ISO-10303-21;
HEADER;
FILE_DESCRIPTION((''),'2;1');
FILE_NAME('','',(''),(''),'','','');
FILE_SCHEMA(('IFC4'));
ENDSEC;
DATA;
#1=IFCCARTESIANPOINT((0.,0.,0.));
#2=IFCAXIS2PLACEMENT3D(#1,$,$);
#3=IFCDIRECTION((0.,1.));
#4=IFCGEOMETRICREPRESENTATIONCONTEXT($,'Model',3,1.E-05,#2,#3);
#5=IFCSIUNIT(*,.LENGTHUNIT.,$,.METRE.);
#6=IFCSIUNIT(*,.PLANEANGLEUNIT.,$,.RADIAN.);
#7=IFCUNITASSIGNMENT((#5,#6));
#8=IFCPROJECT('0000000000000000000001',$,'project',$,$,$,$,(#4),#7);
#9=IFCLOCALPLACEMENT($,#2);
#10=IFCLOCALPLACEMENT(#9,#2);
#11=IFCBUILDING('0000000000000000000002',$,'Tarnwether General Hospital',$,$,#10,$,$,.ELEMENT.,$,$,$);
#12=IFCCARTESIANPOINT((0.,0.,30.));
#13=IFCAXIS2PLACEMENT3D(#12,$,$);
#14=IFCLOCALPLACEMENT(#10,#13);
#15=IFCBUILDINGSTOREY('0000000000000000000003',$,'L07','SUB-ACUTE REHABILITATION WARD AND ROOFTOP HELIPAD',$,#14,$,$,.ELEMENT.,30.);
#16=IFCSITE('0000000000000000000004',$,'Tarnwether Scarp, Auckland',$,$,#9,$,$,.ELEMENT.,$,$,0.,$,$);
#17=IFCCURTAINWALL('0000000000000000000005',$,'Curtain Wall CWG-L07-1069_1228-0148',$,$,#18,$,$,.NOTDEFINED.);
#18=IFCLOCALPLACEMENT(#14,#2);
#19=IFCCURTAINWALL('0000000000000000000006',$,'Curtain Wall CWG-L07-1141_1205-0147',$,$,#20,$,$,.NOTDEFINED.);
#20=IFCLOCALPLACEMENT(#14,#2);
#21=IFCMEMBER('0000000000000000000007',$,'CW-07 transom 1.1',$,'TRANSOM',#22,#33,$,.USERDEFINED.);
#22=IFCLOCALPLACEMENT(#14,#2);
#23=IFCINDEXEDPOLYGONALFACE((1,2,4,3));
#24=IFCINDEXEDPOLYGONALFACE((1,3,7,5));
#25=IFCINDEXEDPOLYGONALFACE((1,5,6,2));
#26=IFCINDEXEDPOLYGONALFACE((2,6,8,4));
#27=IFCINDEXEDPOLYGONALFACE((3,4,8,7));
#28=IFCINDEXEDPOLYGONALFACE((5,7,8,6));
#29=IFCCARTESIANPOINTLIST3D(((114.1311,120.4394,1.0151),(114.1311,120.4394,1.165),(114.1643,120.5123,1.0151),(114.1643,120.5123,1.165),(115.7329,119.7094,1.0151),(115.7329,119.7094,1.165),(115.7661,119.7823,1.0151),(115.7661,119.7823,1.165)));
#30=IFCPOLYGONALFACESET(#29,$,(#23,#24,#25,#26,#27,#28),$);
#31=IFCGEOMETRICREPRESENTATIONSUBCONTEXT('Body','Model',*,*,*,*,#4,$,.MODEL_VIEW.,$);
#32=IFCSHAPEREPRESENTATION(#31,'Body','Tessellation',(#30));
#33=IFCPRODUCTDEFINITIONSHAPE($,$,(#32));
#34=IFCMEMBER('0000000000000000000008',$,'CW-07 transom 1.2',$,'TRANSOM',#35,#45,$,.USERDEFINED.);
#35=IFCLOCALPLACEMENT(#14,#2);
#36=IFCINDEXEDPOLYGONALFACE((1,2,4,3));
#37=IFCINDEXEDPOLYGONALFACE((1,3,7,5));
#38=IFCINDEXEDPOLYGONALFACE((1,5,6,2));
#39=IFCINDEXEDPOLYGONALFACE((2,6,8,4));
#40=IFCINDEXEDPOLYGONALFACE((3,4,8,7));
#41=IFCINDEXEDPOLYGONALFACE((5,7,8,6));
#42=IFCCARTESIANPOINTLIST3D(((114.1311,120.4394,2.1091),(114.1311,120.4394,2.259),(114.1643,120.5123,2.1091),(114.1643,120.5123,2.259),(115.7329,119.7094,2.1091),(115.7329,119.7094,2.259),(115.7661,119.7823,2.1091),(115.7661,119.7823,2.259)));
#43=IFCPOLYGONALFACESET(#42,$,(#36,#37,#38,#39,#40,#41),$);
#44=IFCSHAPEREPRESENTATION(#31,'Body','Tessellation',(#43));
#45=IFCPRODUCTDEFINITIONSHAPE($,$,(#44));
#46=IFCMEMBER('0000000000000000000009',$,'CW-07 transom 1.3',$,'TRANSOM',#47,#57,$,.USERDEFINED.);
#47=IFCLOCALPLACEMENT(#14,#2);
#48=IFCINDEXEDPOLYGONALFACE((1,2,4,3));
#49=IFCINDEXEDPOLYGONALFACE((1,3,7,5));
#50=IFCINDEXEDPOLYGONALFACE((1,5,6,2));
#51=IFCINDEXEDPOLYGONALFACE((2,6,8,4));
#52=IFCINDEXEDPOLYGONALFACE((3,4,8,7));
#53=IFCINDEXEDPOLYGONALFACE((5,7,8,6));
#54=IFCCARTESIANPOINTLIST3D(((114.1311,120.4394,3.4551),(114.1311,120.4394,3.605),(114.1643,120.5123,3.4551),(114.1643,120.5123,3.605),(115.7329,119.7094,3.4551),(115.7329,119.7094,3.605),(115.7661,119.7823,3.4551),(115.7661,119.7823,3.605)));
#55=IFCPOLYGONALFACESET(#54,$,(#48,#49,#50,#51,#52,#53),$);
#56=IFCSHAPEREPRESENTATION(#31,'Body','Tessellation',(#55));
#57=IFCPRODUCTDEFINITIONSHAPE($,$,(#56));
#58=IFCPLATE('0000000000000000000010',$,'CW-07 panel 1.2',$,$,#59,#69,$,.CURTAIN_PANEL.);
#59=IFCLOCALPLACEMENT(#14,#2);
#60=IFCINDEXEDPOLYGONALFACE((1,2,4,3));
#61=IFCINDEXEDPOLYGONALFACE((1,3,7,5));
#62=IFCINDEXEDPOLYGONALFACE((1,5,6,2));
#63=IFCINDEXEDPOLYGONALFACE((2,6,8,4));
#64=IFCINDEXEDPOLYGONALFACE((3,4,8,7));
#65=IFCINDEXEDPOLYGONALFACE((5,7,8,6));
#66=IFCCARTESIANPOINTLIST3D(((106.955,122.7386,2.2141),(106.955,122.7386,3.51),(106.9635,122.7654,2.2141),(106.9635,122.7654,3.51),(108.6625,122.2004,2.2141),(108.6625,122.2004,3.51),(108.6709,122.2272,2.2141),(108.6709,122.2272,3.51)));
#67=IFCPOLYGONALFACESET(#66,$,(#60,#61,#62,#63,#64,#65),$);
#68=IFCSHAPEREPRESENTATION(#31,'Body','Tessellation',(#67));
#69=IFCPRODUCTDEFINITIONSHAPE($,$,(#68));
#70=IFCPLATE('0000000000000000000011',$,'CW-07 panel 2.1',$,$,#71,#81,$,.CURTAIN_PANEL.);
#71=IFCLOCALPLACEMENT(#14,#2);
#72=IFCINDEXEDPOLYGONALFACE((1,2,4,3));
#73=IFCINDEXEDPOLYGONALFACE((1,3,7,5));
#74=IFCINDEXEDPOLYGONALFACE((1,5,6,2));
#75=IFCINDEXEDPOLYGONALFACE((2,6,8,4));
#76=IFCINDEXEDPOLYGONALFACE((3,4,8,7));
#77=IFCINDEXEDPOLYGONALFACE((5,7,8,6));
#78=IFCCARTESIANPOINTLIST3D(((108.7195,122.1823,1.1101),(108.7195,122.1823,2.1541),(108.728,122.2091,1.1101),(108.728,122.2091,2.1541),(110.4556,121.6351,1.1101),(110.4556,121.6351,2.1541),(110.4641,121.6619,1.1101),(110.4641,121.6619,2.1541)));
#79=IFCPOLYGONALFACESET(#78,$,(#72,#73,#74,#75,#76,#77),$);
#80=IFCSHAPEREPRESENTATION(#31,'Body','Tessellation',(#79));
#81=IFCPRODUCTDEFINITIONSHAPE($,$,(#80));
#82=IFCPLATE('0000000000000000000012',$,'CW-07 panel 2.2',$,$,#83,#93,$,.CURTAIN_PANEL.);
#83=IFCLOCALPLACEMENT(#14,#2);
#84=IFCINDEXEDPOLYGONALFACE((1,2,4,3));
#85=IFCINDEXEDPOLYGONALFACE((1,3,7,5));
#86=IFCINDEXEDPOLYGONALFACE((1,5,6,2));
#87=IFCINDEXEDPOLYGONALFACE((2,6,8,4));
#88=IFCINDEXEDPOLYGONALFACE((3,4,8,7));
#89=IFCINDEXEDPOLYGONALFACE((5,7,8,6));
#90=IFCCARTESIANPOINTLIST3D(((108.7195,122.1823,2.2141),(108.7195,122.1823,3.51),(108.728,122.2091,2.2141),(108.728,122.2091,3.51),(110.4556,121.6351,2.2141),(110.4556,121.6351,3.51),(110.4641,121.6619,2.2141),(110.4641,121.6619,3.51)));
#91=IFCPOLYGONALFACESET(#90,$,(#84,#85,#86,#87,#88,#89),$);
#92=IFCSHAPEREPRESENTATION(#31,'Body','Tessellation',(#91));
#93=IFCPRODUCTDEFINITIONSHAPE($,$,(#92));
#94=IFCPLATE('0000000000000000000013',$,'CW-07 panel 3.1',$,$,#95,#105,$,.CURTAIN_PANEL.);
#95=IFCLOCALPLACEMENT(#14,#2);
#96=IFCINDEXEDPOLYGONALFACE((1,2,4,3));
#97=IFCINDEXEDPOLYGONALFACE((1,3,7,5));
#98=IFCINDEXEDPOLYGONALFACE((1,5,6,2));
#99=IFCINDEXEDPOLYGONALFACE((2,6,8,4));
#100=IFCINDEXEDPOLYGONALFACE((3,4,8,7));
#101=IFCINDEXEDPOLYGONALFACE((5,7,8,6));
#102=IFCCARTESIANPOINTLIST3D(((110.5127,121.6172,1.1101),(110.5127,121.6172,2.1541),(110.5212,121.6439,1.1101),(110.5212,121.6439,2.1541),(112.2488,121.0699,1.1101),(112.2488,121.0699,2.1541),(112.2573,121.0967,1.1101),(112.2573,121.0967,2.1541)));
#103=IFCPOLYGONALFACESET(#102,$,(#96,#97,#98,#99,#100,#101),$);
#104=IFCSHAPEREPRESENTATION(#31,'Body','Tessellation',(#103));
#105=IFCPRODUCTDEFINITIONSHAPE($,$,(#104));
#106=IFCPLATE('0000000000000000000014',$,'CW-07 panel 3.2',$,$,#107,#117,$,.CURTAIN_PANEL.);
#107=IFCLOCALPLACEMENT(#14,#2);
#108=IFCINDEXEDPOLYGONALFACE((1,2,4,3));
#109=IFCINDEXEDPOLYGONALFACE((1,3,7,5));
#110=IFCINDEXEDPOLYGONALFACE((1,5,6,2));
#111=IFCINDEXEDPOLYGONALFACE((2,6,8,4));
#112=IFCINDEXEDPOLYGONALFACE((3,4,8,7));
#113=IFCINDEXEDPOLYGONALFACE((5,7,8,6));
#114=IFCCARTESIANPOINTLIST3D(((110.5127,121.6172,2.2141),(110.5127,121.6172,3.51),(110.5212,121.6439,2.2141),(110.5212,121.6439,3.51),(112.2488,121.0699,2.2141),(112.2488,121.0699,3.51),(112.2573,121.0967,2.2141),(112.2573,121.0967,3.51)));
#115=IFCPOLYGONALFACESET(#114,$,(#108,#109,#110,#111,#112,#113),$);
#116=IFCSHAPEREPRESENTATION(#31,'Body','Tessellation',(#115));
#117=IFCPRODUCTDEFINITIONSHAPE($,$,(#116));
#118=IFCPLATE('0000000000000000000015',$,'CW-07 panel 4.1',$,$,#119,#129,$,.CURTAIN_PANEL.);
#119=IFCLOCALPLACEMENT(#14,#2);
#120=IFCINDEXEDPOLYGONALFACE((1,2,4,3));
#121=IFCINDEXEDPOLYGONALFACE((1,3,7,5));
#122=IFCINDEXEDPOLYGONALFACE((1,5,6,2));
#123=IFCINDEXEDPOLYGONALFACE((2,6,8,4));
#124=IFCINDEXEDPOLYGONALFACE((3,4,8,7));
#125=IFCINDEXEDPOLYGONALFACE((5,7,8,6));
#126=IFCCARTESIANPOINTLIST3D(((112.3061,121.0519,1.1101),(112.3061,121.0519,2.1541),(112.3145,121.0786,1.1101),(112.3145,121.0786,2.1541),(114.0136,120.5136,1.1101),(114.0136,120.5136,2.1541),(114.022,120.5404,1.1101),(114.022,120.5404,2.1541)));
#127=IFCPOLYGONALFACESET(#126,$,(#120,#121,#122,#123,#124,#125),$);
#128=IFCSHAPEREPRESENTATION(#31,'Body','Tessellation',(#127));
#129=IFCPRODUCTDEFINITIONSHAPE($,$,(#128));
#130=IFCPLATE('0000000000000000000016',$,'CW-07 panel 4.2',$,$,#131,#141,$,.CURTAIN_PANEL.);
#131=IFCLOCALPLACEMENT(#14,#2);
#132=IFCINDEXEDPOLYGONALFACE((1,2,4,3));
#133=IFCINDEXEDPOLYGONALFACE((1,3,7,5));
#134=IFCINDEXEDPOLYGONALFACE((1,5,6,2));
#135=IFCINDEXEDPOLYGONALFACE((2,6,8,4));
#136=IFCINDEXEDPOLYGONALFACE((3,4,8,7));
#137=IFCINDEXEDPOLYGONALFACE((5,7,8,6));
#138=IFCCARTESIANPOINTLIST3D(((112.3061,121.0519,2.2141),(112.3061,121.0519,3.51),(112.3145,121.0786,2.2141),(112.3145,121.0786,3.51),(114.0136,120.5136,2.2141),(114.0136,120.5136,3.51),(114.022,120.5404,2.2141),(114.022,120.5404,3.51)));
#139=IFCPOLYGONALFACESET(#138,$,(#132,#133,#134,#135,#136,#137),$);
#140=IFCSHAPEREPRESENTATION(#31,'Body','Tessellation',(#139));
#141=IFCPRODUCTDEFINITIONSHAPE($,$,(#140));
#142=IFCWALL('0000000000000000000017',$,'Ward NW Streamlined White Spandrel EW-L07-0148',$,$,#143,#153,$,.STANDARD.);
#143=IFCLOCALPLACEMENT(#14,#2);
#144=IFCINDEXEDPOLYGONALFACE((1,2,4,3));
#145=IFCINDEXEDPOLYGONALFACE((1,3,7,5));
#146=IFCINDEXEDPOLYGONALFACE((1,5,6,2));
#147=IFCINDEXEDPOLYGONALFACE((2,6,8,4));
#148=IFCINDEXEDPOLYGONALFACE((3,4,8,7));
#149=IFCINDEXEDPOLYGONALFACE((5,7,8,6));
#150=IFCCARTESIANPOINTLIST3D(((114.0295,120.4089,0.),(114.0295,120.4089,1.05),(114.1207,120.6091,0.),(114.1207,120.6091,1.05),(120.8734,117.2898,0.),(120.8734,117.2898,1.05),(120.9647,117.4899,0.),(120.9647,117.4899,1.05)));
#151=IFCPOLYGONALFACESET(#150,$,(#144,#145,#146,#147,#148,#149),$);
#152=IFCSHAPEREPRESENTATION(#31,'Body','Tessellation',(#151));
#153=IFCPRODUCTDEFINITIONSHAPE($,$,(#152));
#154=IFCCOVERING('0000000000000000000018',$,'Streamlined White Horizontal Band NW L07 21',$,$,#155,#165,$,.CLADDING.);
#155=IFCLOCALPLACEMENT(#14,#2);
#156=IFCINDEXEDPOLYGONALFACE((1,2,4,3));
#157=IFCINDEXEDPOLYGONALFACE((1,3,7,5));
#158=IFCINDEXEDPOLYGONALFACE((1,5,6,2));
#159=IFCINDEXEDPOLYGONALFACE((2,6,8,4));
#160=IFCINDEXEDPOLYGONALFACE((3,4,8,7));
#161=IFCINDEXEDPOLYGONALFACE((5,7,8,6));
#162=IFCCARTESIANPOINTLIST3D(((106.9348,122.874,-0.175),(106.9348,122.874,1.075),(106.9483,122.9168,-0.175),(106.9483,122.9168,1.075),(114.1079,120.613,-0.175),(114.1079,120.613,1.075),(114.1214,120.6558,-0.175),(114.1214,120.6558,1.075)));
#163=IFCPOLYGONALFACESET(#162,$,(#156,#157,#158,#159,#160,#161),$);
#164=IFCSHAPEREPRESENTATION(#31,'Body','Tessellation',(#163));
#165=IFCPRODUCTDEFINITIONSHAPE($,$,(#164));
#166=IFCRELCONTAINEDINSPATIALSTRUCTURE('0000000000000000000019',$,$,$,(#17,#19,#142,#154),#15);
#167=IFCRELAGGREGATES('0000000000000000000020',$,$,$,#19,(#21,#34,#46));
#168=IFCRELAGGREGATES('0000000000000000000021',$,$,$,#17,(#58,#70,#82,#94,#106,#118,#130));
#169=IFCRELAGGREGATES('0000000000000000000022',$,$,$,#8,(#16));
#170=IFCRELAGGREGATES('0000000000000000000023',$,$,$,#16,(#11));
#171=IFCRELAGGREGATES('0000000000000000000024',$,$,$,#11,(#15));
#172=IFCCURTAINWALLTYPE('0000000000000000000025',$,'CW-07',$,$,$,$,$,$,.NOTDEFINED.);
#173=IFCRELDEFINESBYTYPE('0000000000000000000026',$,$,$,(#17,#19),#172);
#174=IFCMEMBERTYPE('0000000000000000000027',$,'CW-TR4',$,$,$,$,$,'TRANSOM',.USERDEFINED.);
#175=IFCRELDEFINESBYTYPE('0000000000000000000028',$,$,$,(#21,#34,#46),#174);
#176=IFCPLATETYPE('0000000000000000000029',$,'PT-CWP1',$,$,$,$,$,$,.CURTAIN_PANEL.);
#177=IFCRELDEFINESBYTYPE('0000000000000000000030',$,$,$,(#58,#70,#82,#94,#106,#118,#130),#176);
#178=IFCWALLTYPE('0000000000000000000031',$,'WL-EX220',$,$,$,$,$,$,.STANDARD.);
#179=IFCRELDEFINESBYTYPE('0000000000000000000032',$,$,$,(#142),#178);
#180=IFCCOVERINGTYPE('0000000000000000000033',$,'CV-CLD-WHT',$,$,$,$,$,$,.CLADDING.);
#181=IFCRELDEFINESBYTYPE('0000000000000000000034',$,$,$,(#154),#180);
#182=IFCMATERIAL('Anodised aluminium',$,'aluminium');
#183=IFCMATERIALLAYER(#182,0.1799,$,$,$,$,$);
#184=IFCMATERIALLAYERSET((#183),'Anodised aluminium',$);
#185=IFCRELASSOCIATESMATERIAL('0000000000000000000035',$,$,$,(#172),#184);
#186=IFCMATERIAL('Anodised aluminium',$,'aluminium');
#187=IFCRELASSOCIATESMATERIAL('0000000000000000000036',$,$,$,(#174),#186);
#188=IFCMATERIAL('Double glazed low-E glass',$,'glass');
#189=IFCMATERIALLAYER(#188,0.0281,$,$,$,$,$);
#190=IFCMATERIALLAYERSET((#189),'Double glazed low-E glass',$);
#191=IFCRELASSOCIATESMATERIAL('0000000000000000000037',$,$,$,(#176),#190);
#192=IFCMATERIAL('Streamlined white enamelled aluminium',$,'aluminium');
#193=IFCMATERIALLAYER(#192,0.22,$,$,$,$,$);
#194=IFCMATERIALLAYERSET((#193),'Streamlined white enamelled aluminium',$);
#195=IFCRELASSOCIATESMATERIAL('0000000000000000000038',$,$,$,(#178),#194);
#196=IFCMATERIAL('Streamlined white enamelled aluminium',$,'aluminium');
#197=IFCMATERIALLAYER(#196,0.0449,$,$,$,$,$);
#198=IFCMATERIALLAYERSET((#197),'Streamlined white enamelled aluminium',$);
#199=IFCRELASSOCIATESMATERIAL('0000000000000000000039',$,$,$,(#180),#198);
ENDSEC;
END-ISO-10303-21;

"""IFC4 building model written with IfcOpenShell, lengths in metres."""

from ifc_helpers import new_model, si_unit, direction, frame, frame_2d, origin, origin_2d, place, context, subcontext, project, spatial, rectangle, extrude, material, layer, layer_set, material_profile, profile_set, type_object, element, aggregate, save


model = new_model("IFC4")

# Units and contexts
model_context = context("Model", 3, precision=1e-05, world=origin(), true_north=direction((0.0, 1.0)))
body_context = subcontext(model_context, "Body", "Model", "MODEL_VIEW")
ifc_project = project(units=[si_unit("LENGTHUNIT", "METRE"), si_unit("PLANEANGLEUNIT", "RADIAN")], contexts=[model_context])

# Site, building, storey
site_placement = place(None, origin())
site = spatial("IfcSite", under=ifc_project, at=site_placement, Name="Tarnwether Scarp, Auckland", CompositionType="ELEMENT", RefElevation=0.0)
building_placement = place(site_placement, origin())
building = spatial("IfcBuilding", under=site, at=building_placement, Name="Tarnwether General Hospital", CompositionType="ELEMENT")
storey_placement = place(building_placement, frame((0.0, 0.0, 30.0)))
storey = spatial("IfcBuildingStorey", under=building, at=storey_placement, Name="L07", Description="SUB-ACUTE REHABILITATION WARD AND ROOFTOP HELIPAD", CompositionType="ELEMENT", Elevation=30.0)

# Curtain wall
ifc_material_1 = material(Name="Anodised aluminium", Category="aluminium")
ifc_layer_1 = layer(ifc_material_1, 0.1799)
ifc_layer_set_1 = layer_set([ifc_layer_1], Name="Anodised aluminium")
curtain_wall_type = type_object("IfcCurtainWallType", Name="CW-07", PredefinedType="NOTDEFINED", material=ifc_layer_set_1)
curtain_wall_1_placement = place(storey_placement, origin())
curtain_wall_1 = element("IfcCurtainWall", 1, at=curtain_wall_1_placement, inside=storey, type_object=curtain_wall_type, Name="Curtain Wall CWG-L07-1069_1228-0148", PredefinedType="NOTDEFINED")

# Curtain wall
curtain_wall_2_placement = place(storey_placement, origin())
curtain_wall_2 = element("IfcCurtainWall", 2, at=curtain_wall_2_placement, inside=storey, type_object=curtain_wall_type, Name="Curtain Wall CWG-L07-1141_1205-0147", PredefinedType="NOTDEFINED")

# Members
ifc_material_2 = material(Name="Anodised aluminium", Category="aluminium")
ifc_material_profile_1 = material_profile(ifc_material_2, rectangle(XDim=0.0801, YDim=0.1499, at=origin_2d()), Name="ALU-TRN-80x150")
ifc_profile_set_1 = profile_set([ifc_material_profile_1], Name="Anodised aluminium")
member_type_1 = type_object("IfcMemberType", Name="CW-TR4", ElementType="TRANSOM", PredefinedType="USERDEFINED", material=ifc_profile_set_1)
member_1_placement = place(storey_placement, frame((114.1477, 120.4758, 1.0901), z_axis=(0.909962, -0.414691, 0.0), x_axis=(0.414691, 0.909962, 0.0)))
member_1 = element("IfcMember", 3, at=member_1_placement, type_object=member_type_1, Name="CW-07 transom 1.1", ObjectType="TRANSOM", PredefinedType="USERDEFINED", context=body_context, shape_type="SweptSolid", body=[
    extrude(rectangle(XDim=0.0801, YDim=0.1499, at=origin_2d()), origin(), (0.0, 0.0, 1.0), 1.7603),
])
member_2_placement = place(storey_placement, frame((114.1477, 120.4758, 2.1841), z_axis=(0.909962, -0.414691, 0.0), x_axis=(0.414691, 0.909962, 0.0)))
member_2 = element("IfcMember", 4, at=member_2_placement, type_object=member_type_1, Name="CW-07 transom 1.2", ObjectType="TRANSOM", PredefinedType="USERDEFINED", context=body_context, shape_type="SweptSolid", body=[
    extrude(rectangle(XDim=0.0801, YDim=0.1499, at=origin_2d()), origin(), (0.0, 0.0, 1.0), 1.7603),
])
member_3_placement = place(storey_placement, frame((114.1477, 120.4758, 3.53), z_axis=(0.909962, -0.414691, 0.0), x_axis=(0.414691, 0.909962, 0.0)))
member_3 = element("IfcMember", 5, at=member_3_placement, type_object=member_type_1, Name="CW-07 transom 1.3", ObjectType="TRANSOM", PredefinedType="USERDEFINED", context=body_context, shape_type="SweptSolid", body=[
    extrude(rectangle(XDim=0.0801, YDim=0.1499, at=origin_2d()), origin(), (0.0, 0.0, 1.0), 1.7603),
])
aggregate(curtain_wall_2, [member_1, member_2, member_3])

# Plates
ifc_material_3 = material(Name="Double glazed low-E glass", Category="glass")
ifc_layer_2 = layer(ifc_material_3, 0.0281)
ifc_layer_set_2 = layer_set([ifc_layer_2], Name="Double glazed low-E glass")
plate_type = type_object("IfcPlateType", Name="PT-CWP1", PredefinedType="CURTAIN_PANEL", material=ifc_layer_set_2)
plate_1_placement = place(storey_placement, frame((107.813, 122.4829, 2.2141), z_axis=(0.0, 0.0, 1.0), x_axis=(0.953741, -0.300629, 0.0)))
plate_1 = element("IfcPlate", 6, at=plate_1_placement, type_object=plate_type, Name="CW-07 panel 1.2", PredefinedType="CURTAIN_PANEL", context=body_context, shape_type="SweptSolid", body=[
    extrude(rectangle(XDim=1.7903, YDim=0.0281, at=origin_2d()), origin(), (0.0, 0.0, 1.0), 1.2959),
])
plate_2_placement = place(storey_placement, frame((109.5918, 121.9221, 1.1101), z_axis=(0.0, 0.0, 1.0), x_axis=(0.953741, -0.300629, 0.0)))
plate_2 = element("IfcPlate", 7, at=plate_2_placement, type_object=plate_type, Name="CW-07 panel 2.1", PredefinedType="CURTAIN_PANEL", context=body_context, shape_type="SweptSolid", body=[
    extrude(rectangle(XDim=1.8203, YDim=0.0281, at=origin_2d()), origin(), (0.0, 0.0, 1.0), 1.0439),
])
plate_3_placement = place(storey_placement, frame((109.5918, 121.9221, 2.2141), z_axis=(0.0, 0.0, 1.0), x_axis=(0.953741, -0.300629, 0.0)))
plate_3 = element("IfcPlate", 8, at=plate_3_placement, type_object=plate_type, Name="CW-07 panel 2.2", PredefinedType="CURTAIN_PANEL", context=body_context, shape_type="SweptSolid", body=[
    extrude(rectangle(XDim=1.8203, YDim=0.0281, at=origin_2d()), origin(), (0.0, 0.0, 1.0), 1.2959),
])
plate_4_placement = place(storey_placement, frame((111.385, 121.3569, 1.1101), z_axis=(0.0, 0.0, 1.0), x_axis=(0.953741, -0.300629, 0.0)))
plate_4 = element("IfcPlate", 9, at=plate_4_placement, type_object=plate_type, Name="CW-07 panel 3.1", PredefinedType="CURTAIN_PANEL", context=body_context, shape_type="SweptSolid", body=[
    extrude(rectangle(XDim=1.8203, YDim=0.0281, at=origin_2d()), origin(), (0.0, 0.0, 1.0), 1.0439),
])
plate_5_placement = place(storey_placement, frame((111.385, 121.3569, 2.2141), z_axis=(0.0, 0.0, 1.0), x_axis=(0.953741, -0.300629, 0.0)))
plate_5 = element("IfcPlate", 10, at=plate_5_placement, type_object=plate_type, Name="CW-07 panel 3.2", PredefinedType="CURTAIN_PANEL", context=body_context, shape_type="SweptSolid", body=[
    extrude(rectangle(XDim=1.8203, YDim=0.0281, at=origin_2d()), origin(), (0.0, 0.0, 1.0), 1.2959),
])
plate_6_placement = place(storey_placement, frame((113.1641, 120.7961, 1.1101), z_axis=(0.0, 0.0, 1.0), x_axis=(0.953741, -0.300629, 0.0)))
plate_6 = element("IfcPlate", 11, at=plate_6_placement, type_object=plate_type, Name="CW-07 panel 4.1", PredefinedType="CURTAIN_PANEL", context=body_context, shape_type="SweptSolid", body=[
    extrude(rectangle(XDim=1.7903, YDim=0.0281, at=origin_2d()), origin(), (0.0, 0.0, 1.0), 1.0439),
])
plate_7_placement = place(storey_placement, frame((113.1641, 120.7961, 2.2141), z_axis=(0.0, 0.0, 1.0), x_axis=(0.953741, -0.300629, 0.0)))
plate_7 = element("IfcPlate", 12, at=plate_7_placement, type_object=plate_type, Name="CW-07 panel 4.2", PredefinedType="CURTAIN_PANEL", context=body_context, shape_type="SweptSolid", body=[
    extrude(rectangle(XDim=1.7903, YDim=0.0281, at=origin_2d()), origin(), (0.0, 0.0, 1.0), 1.2959),
])
aggregate(curtain_wall_1, [plate_1, plate_2, plate_3, plate_4, plate_5, plate_6, plate_7])

# Wall
ifc_material_4 = material(Name="Streamlined white enamelled aluminium", Category="aluminium")
ifc_layer_3 = layer(ifc_material_4, 0.22)
ifc_layer_set_3 = layer_set([ifc_layer_3], Name="Streamlined white enamelled aluminium")
wall_type = type_object("IfcWallType", Name="WL-EX220", PredefinedType="STANDARD", material=ifc_layer_set_3)
wall_placement = place(storey_placement, frame((114.075, 120.509, 0.0), z_axis=(0.0, 0.0, 1.0), x_axis=(0.909954, -0.41471, 0.0)))
element("IfcWall", 13, at=wall_placement, inside=storey, type_object=wall_type, Name="Ward NW Streamlined White Spandrel EW-L07-0148", PredefinedType="STANDARD", context=body_context, shape_type="SweptSolid", body=[
    extrude(rectangle(XDim=7.5212, YDim=0.22, at=frame_2d((3.7607, 0.0))), origin(), (0.0, 0.0, 1.0), 1.05),
])

# Covering
ifc_material_5 = material(Name="Streamlined white enamelled aluminium", Category="aluminium")
ifc_layer_4 = layer(ifc_material_5, 0.0449)
ifc_layer_set_4 = layer_set([ifc_layer_4], Name="Streamlined white enamelled aluminium")
covering_type = type_object("IfcCoveringType", Name="CV-CLD-WHT", PredefinedType="CLADDING", material=ifc_layer_set_4)
covering_placement = place(storey_placement, frame((110.5281, 121.7649, -0.175), z_axis=(0.0, 0.0, 1.0), x_axis=(0.953743, -0.300623, 0.0)))
element("IfcCovering", 14, at=covering_placement, inside=storey, type_object=covering_type, Name="Streamlined White Horizontal Band NW L07 21", PredefinedType="CLADDING", context=body_context, shape_type="SweptSolid", body=[
    extrude(rectangle(XDim=7.521, YDim=0.0449, at=origin_2d()), origin(), (0.0, 0.0, 1.0), 1.25),
])

save(model, "model.ifc")
